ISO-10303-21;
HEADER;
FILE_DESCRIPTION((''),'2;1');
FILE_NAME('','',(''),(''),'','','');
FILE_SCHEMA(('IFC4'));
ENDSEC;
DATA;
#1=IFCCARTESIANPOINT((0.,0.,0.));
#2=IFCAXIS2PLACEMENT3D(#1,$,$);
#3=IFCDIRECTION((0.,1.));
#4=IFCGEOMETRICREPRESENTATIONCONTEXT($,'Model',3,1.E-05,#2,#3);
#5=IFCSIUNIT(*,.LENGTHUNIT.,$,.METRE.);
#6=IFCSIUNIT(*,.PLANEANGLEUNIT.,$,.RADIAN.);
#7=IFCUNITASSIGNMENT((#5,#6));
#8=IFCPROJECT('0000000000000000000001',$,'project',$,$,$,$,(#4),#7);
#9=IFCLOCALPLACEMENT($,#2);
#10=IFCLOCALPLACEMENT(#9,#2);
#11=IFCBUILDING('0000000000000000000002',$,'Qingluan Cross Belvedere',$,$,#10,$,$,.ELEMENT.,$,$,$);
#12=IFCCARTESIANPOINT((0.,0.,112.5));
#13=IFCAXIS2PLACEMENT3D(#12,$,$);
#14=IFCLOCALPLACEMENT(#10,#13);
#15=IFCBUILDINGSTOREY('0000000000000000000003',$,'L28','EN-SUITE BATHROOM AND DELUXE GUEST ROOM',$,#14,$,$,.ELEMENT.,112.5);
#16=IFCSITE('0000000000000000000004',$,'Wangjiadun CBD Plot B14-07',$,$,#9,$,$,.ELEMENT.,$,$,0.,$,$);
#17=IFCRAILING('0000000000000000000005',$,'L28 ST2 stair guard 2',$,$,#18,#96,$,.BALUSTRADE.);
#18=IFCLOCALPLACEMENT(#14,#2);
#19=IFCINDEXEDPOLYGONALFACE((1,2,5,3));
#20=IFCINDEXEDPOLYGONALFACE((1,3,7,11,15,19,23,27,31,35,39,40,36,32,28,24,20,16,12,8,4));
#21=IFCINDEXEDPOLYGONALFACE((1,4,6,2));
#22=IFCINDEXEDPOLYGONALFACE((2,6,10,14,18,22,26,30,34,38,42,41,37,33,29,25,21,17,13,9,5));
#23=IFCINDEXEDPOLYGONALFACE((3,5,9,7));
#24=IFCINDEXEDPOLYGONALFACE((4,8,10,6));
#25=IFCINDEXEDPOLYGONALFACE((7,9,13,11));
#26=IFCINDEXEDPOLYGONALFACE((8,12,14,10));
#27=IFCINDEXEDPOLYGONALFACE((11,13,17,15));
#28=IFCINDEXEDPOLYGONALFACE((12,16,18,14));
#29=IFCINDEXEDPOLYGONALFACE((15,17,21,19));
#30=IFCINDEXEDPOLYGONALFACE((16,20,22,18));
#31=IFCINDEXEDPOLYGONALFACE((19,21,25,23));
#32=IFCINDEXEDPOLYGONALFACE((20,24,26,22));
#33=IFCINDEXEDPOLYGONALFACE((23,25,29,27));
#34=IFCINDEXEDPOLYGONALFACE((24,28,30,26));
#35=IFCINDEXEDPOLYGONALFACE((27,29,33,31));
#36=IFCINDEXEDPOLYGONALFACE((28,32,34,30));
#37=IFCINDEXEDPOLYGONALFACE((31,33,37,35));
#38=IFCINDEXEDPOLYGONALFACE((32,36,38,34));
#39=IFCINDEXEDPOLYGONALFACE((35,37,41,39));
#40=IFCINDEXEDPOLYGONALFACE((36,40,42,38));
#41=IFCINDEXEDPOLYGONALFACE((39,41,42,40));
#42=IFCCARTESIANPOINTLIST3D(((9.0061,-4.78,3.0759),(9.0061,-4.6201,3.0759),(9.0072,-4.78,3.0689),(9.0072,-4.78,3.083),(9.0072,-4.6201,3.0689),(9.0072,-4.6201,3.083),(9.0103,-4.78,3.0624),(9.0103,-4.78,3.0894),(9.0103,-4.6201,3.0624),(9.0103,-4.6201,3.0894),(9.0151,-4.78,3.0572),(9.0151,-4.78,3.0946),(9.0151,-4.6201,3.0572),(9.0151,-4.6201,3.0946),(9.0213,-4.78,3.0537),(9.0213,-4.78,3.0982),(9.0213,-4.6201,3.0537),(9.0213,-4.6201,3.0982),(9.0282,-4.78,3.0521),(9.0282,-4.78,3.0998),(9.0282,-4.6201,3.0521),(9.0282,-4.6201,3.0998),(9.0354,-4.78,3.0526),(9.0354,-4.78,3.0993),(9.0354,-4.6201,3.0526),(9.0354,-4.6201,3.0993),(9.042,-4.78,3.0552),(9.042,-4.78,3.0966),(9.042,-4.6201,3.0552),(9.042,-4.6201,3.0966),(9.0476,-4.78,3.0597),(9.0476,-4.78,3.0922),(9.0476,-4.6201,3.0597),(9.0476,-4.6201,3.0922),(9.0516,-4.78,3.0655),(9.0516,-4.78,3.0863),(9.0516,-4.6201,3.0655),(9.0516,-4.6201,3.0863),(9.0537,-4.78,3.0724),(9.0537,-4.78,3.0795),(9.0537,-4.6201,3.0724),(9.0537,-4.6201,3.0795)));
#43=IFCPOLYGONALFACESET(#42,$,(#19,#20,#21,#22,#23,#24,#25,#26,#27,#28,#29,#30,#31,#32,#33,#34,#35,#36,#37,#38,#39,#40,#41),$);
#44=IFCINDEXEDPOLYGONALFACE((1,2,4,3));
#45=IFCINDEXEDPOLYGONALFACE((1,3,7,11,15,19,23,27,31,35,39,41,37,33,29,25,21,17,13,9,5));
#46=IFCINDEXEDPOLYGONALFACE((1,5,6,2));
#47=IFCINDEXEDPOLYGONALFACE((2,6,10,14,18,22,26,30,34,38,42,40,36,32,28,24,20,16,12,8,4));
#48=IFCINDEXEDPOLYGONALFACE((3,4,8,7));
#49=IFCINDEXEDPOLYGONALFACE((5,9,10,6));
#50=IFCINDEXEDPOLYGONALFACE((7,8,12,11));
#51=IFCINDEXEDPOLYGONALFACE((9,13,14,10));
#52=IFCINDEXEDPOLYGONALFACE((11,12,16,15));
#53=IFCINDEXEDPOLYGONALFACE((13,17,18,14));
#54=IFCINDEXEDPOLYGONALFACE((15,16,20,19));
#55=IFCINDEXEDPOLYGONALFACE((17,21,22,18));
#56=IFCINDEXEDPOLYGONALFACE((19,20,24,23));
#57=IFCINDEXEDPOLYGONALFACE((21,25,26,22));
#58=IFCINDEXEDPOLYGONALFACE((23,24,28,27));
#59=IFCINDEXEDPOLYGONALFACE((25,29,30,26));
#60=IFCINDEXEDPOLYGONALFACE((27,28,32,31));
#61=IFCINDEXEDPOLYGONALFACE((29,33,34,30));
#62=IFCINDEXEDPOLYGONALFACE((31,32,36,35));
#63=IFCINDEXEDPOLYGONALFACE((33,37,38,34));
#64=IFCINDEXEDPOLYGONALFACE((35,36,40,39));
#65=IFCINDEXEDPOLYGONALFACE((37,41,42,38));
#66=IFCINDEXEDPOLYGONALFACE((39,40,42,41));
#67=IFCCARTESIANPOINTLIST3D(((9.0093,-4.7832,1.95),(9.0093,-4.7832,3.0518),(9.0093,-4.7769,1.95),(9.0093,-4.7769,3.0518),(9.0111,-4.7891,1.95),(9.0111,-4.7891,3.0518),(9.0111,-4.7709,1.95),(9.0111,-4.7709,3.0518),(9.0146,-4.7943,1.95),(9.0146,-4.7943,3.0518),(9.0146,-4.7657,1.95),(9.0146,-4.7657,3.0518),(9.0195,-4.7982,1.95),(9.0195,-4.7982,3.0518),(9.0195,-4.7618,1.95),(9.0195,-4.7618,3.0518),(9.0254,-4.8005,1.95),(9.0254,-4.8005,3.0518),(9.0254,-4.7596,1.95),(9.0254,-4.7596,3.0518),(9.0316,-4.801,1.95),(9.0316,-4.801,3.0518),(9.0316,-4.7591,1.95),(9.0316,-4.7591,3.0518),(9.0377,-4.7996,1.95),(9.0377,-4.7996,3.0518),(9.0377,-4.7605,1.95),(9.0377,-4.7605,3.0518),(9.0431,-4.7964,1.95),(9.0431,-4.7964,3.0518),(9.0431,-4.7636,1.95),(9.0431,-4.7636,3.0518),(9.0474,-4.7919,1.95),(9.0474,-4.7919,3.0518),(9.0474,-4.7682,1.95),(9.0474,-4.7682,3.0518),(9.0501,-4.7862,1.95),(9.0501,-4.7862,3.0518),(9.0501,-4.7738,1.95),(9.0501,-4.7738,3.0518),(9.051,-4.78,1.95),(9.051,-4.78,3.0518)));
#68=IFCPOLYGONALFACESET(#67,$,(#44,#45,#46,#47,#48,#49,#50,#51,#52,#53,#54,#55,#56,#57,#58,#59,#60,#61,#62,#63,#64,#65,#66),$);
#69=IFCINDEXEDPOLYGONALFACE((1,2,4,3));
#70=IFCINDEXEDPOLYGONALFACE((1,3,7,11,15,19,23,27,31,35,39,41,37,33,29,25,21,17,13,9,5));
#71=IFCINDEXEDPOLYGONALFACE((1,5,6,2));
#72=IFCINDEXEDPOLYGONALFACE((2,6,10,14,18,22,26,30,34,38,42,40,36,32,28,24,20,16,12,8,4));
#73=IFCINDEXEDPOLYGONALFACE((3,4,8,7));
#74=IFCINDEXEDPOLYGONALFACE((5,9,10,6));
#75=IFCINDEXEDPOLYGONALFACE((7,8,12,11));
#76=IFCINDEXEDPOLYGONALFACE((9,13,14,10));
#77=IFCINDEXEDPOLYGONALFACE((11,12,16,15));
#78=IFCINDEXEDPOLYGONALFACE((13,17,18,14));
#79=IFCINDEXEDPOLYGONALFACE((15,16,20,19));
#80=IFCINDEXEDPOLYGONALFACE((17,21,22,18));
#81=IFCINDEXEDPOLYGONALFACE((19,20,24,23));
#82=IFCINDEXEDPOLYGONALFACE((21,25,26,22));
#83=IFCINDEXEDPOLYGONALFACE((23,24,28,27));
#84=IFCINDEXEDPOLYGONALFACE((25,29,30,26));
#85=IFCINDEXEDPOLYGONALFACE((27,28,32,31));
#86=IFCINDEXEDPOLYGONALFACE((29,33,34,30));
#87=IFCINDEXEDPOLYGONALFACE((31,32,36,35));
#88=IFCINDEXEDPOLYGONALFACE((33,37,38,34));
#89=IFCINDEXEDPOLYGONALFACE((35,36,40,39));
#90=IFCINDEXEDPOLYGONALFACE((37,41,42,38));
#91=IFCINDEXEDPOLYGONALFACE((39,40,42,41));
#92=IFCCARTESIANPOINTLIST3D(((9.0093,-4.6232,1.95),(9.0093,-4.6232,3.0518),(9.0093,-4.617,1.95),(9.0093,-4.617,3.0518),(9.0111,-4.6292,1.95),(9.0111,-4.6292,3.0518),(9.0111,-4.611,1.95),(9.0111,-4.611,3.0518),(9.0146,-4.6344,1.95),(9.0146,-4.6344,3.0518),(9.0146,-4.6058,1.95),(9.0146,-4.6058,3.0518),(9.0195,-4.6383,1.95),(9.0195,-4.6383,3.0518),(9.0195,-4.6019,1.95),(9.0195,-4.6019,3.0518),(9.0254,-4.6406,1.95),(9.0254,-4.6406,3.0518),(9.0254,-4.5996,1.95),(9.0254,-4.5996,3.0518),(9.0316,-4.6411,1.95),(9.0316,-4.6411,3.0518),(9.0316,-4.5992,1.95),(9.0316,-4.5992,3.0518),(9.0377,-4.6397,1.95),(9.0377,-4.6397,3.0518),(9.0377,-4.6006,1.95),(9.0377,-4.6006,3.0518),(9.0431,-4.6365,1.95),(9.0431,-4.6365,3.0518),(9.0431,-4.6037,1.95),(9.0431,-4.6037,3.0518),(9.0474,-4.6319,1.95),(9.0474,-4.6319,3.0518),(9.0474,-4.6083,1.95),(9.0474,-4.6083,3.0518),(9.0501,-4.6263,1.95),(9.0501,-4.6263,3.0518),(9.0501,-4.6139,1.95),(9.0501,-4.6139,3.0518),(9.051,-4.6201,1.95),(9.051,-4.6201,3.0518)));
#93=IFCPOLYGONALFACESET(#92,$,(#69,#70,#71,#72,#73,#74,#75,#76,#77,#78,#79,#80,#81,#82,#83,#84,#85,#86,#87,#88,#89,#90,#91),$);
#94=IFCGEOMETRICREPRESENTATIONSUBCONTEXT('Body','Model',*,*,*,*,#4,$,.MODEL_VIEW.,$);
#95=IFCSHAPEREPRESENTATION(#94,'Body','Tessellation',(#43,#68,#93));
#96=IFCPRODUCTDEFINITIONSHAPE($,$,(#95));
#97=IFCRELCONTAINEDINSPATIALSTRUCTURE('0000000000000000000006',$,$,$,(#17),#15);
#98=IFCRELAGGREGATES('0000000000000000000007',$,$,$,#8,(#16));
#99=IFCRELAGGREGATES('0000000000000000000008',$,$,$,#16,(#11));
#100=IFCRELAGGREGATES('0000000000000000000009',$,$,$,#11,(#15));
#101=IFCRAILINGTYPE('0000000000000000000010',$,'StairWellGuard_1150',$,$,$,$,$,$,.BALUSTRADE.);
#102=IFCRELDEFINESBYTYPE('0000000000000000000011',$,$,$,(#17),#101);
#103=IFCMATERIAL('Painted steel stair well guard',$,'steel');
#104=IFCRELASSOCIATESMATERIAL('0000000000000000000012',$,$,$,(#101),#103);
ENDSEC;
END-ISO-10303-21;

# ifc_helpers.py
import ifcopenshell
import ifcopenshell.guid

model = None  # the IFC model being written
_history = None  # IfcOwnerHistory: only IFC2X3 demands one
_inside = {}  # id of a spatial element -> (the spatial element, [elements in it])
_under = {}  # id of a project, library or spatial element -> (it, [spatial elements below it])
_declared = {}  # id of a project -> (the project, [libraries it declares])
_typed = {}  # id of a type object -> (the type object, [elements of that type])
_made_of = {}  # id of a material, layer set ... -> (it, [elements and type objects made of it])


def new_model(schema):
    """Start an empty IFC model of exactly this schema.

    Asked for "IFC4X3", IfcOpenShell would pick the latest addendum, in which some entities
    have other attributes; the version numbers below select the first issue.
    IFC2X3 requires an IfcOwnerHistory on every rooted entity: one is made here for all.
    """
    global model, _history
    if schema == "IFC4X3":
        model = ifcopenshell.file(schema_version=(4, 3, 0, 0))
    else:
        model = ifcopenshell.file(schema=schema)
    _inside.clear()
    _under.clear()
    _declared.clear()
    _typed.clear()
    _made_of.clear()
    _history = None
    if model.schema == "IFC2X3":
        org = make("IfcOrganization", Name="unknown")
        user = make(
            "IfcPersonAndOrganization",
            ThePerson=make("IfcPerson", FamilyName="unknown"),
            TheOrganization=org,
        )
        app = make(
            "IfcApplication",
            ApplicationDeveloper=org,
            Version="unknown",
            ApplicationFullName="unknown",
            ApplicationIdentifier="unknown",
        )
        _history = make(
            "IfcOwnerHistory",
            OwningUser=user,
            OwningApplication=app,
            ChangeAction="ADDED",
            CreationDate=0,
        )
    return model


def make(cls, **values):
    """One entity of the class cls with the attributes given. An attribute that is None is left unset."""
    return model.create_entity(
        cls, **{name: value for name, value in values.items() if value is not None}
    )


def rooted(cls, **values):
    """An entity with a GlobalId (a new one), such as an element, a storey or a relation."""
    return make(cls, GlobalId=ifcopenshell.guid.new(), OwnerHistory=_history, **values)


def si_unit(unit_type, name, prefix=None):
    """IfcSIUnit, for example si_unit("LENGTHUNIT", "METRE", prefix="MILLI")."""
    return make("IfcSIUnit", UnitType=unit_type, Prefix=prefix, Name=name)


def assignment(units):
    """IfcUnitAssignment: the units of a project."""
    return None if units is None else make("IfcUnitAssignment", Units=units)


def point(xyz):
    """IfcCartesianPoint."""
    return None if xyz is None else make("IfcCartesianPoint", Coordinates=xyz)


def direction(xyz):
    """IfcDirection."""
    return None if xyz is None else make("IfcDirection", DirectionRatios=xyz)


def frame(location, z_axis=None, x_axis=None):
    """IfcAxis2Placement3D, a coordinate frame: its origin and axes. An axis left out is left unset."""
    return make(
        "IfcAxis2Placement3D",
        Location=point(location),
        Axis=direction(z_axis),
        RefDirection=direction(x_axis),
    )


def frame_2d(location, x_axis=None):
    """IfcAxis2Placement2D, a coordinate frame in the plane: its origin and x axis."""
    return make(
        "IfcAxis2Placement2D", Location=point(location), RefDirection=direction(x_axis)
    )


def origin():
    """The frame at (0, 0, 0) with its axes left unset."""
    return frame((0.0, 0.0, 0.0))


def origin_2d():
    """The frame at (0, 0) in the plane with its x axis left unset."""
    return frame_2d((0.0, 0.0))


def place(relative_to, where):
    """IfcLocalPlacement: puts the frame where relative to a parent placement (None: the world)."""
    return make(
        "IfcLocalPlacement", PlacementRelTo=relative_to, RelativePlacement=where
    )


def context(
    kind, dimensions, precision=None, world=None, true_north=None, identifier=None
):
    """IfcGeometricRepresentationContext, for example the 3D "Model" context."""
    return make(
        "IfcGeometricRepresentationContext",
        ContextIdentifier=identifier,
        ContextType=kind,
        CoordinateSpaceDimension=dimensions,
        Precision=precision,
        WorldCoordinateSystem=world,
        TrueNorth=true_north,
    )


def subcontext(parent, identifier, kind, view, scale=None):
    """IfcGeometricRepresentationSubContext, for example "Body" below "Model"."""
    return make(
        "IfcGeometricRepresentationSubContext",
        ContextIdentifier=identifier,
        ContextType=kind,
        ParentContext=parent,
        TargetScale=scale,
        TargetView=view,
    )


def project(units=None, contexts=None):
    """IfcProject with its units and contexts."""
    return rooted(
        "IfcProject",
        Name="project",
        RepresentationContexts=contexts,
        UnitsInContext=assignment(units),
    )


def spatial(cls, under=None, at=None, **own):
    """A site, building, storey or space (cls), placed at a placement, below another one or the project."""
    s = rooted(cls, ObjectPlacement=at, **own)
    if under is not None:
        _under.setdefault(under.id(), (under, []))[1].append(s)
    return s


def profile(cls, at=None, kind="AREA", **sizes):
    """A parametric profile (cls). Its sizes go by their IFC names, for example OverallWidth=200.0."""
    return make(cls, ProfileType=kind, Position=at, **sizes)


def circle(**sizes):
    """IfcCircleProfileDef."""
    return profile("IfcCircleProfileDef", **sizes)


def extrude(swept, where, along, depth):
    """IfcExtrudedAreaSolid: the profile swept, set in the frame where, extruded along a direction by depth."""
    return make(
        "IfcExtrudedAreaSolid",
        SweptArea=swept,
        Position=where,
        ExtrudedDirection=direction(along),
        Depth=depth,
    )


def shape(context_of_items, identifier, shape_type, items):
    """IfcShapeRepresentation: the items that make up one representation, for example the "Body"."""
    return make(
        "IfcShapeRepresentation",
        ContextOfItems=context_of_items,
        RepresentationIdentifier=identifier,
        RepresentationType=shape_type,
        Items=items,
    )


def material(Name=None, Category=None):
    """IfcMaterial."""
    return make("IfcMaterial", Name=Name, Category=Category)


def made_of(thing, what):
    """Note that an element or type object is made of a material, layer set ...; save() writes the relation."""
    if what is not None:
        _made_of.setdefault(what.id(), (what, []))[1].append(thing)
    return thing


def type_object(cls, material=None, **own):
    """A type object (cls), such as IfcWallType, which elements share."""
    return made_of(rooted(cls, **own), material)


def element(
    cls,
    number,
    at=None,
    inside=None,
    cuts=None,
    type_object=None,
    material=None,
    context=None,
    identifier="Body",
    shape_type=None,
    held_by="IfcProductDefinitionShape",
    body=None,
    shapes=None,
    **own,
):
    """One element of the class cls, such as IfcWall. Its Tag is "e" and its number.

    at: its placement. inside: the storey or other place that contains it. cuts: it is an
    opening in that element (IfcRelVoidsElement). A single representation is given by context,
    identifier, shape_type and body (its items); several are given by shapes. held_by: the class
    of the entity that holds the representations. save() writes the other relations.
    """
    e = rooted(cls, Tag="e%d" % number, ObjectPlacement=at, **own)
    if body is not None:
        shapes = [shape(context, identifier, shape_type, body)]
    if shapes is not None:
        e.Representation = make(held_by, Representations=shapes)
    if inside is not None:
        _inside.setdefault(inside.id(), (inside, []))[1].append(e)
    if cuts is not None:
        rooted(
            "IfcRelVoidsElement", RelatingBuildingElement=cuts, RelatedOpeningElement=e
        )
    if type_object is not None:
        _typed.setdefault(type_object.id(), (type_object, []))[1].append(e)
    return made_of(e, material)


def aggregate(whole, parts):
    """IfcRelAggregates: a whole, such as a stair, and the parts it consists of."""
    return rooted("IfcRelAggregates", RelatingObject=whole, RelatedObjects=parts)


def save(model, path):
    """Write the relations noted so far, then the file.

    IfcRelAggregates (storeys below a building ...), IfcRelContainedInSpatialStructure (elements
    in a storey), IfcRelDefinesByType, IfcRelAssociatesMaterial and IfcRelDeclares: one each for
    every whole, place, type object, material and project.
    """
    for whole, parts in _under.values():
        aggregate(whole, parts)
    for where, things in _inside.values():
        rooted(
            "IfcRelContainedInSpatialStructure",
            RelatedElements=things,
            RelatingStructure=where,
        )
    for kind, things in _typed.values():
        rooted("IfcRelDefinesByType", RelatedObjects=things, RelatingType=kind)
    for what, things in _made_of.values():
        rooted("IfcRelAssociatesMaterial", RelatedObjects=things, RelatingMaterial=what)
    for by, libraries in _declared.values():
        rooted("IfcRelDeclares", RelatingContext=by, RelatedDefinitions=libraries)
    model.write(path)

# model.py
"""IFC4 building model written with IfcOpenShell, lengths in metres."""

from ifc_helpers import new_model, si_unit, direction, frame, origin, origin_2d, place, context, subcontext, project, spatial, circle, extrude, material, type_object, element, save


model = new_model("IFC4")

# Units and contexts
model_context = context("Model", 3, precision=1e-05, world=origin(), true_north=direction((0.0, 1.0)))
body_context = subcontext(model_context, "Body", "Model", "MODEL_VIEW")
ifc_project = project(units=[si_unit("LENGTHUNIT", "METRE"), si_unit("PLANEANGLEUNIT", "RADIAN")], contexts=[model_context])

# Site, building, storey
site_placement = place(None, origin())
site = spatial("IfcSite", under=ifc_project, at=site_placement, Name="Wangjiadun CBD Plot B14-07", CompositionType="ELEMENT", RefElevation=0.0)
building_placement = place(site_placement, origin())
building = spatial("IfcBuilding", under=site, at=building_placement, Name="Qingluan Cross Belvedere", CompositionType="ELEMENT")
storey_placement = place(building_placement, frame((0.0, 0.0, 112.5)))
storey = spatial("IfcBuildingStorey", under=building, at=storey_placement, Name="L28", Description="EN-SUITE BATHROOM AND DELUXE GUEST ROOM", CompositionType="ELEMENT", Elevation=112.5)

# Railing
ifc_material_1 = material(Name="Painted steel stair well guard", Category="steel")
railing_type_1 = type_object("IfcRailingType", Name="StairWellGuard_1150", PredefinedType="BALUSTRADE", material=ifc_material_1)
railing_1_placement = place(storey_placement, frame((9.03, -4.78, 1.95)))
element("IfcRailing", 1, at=railing_1_placement, inside=storey, type_object=railing_type_1, Name="L28 ST2 stair guard 2", PredefinedType="BALUSTRADE", context=body_context, shape_type="SweptSolid", body=[
    extrude(circle(Radius=0.0239, at=origin_2d()), frame((0.0, 0.0, 1.126), z_axis=(0.0, 1.0, 0.0), x_axis=(-1.0, 0.0, 0.0)), (0.0, 0.0, 1.0), 0.1599),
    extrude(circle(Radius=0.021, at=origin_2d()), origin(), (0.0, 0.0, 1.0), 1.1018),
    extrude(circle(Radius=0.021, at=origin_2d()), frame((0.0, 0.1599, 0.0)), (0.0, 0.0, 1.0), 1.1018),
])

save(model, "model.ifc")
